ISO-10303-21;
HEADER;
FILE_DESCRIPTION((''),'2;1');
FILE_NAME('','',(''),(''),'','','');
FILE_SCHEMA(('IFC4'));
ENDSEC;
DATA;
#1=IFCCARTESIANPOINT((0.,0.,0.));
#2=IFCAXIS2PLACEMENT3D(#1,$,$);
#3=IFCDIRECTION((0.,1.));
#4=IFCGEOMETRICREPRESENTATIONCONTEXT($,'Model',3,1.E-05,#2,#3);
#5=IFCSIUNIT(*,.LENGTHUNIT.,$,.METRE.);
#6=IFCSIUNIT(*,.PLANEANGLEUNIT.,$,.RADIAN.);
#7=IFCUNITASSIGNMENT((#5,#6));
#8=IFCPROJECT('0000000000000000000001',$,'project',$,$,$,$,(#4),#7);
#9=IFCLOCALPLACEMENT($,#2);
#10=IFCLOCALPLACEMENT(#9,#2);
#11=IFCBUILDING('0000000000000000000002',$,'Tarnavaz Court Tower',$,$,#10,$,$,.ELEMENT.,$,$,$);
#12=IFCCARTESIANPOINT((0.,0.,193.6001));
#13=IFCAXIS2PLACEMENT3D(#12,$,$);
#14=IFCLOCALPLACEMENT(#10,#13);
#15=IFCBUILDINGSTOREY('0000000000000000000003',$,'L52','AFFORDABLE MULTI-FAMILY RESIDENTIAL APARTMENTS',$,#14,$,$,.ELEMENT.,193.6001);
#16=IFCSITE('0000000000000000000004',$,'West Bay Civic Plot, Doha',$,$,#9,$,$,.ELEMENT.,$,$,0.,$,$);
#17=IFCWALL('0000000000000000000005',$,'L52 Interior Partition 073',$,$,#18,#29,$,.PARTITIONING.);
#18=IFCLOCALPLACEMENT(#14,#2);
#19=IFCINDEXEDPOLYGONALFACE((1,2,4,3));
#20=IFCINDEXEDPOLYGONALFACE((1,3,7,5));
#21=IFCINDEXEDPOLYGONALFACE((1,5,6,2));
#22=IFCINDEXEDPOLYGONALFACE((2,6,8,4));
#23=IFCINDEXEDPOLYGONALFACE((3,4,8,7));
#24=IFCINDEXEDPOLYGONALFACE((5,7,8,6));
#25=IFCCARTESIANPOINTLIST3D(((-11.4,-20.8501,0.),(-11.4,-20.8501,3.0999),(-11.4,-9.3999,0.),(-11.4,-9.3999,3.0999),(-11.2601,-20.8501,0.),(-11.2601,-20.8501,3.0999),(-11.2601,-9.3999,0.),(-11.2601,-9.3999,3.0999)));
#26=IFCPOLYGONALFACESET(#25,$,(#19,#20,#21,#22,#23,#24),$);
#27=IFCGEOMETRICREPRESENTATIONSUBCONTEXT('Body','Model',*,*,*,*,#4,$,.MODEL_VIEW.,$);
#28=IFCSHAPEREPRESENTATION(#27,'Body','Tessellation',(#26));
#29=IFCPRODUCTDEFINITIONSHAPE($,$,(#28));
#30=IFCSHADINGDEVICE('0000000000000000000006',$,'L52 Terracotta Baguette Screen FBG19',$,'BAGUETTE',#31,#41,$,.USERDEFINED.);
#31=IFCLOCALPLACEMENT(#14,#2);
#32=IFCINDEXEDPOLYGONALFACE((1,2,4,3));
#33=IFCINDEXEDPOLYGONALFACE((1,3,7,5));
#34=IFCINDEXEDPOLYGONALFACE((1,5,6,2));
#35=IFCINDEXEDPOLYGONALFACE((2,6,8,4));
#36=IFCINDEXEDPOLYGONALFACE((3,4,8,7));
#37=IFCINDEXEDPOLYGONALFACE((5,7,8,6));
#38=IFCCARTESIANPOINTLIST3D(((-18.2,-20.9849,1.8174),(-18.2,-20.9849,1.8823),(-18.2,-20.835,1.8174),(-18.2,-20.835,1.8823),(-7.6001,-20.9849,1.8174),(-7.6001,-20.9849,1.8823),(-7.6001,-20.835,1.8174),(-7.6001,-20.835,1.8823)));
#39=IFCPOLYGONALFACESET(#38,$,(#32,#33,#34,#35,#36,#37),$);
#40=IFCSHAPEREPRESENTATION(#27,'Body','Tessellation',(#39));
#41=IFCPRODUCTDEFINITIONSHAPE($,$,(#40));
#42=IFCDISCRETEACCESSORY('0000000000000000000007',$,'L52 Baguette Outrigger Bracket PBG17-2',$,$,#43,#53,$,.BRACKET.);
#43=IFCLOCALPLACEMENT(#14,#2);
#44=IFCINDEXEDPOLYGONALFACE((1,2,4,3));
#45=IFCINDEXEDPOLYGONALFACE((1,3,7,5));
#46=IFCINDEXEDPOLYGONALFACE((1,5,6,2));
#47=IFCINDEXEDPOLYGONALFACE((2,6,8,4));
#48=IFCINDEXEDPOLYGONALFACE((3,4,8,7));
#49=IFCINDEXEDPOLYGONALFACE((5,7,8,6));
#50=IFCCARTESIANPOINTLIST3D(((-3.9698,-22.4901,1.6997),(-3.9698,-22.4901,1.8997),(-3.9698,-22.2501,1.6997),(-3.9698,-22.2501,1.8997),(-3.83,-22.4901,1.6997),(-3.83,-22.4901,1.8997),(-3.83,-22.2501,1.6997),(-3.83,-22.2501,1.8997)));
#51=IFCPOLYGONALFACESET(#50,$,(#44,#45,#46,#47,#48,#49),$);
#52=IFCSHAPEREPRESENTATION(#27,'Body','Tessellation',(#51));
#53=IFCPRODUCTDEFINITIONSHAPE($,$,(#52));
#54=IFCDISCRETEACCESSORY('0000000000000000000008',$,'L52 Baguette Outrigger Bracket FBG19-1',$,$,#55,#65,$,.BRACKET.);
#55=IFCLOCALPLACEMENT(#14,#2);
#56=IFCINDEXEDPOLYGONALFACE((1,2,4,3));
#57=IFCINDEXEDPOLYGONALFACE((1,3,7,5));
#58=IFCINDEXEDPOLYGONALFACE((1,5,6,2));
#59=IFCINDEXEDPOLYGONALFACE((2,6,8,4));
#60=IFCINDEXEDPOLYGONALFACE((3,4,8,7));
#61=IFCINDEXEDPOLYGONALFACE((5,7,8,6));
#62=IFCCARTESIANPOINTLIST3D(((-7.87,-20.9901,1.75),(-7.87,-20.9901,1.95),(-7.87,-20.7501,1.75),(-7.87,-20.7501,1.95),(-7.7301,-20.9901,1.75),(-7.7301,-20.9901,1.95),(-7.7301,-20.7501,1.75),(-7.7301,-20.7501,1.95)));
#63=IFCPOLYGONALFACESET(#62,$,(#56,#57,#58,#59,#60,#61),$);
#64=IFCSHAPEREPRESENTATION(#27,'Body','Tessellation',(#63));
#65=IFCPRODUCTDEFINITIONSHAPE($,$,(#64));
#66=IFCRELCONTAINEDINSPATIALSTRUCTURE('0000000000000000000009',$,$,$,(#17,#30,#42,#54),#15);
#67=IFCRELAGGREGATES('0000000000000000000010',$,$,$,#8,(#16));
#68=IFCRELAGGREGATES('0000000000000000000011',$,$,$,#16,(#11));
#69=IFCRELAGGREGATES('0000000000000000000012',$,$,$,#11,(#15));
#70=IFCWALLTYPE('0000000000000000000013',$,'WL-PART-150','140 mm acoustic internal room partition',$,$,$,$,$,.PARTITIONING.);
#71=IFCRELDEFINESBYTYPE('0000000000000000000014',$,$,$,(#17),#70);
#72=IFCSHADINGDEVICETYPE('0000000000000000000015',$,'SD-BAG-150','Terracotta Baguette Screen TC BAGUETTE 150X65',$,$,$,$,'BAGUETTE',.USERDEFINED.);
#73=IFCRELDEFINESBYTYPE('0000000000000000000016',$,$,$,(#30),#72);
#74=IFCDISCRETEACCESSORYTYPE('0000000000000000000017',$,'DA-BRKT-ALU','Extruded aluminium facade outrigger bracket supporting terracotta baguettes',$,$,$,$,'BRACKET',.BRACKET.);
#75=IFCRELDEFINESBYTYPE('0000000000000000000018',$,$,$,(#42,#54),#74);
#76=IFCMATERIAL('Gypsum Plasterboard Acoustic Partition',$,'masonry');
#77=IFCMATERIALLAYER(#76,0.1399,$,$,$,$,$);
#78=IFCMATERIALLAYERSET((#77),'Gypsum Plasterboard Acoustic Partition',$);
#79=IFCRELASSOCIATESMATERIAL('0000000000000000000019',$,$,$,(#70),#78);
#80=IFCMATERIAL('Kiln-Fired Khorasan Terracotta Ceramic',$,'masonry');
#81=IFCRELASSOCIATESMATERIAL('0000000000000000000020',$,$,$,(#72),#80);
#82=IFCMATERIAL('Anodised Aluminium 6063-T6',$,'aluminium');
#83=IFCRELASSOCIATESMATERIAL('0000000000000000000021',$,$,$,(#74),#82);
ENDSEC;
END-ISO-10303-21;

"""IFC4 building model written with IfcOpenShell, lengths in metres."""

from ifc_helpers import new_model, si_unit, direction, frame, frame_2d, origin, origin_2d, place, context, subcontext, project, spatial, rectangle, extrude, material, layer, layer_set, material_profile, profile_set, type_object, element, save


model = new_model("IFC4")

# Units and contexts
model_context = context("Model", 3, precision=1e-05, world=origin(), true_north=direction((0.0, 1.0)))
body_context = subcontext(model_context, "Body", "Model", "MODEL_VIEW")
ifc_project = project(units=[si_unit("LENGTHUNIT", "METRE"), si_unit("PLANEANGLEUNIT", "RADIAN")], contexts=[model_context])

# Site, building, storey
site_placement = place(None, origin())
site = spatial("IfcSite", under=ifc_project, at=site_placement, Name="West Bay Civic Plot, Doha", CompositionType="ELEMENT", RefElevation=0.0)
building_placement = place(site_placement, origin())
building = spatial("IfcBuilding", under=site, at=building_placement, Name="Tarnavaz Court Tower", CompositionType="ELEMENT")
storey_placement = place(building_placement, frame((0.0, 0.0, 193.6001)))
storey = spatial("IfcBuildingStorey", under=building, at=storey_placement, Name="L52", Description="AFFORDABLE MULTI-FAMILY RESIDENTIAL APARTMENTS", CompositionType="ELEMENT", Elevation=193.6001)

# Shared definitions
ifc_material_1 = material(Name="Anodised Aluminium 6063-T6", Category="aluminium")

# Wall
ifc_material_2 = material(Name="Gypsum Plasterboard Acoustic Partition", Category="masonry")
ifc_layer_1 = layer(ifc_material_2, 0.1399)
ifc_layer_set_1 = layer_set([ifc_layer_1], Name="Gypsum Plasterboard Acoustic Partition")
wall_type_1 = type_object("IfcWallType", Name="WL-PART-150", Description="140 mm acoustic internal room partition", PredefinedType="PARTITIONING", material=ifc_layer_set_1)
wall_1_placement = place(storey_placement, frame((-11.3301, -20.8501, 0.0), z_axis=(0.0, 0.0, 1.0), x_axis=(0.0, 1.0, 0.0)))
element("IfcWall", 1, at=wall_1_placement, inside=storey, type_object=wall_type_1, Name="L52 Interior Partition 073", PredefinedType="PARTITIONING", context=body_context, shape_type="SweptSolid", body=[
    extrude(rectangle(XDim=11.4502, YDim=0.1399, at=frame_2d((5.7251, 0.0))), origin(), (0.0, 0.0, 1.0), 3.0999),
])

# Shading device
ifc_material_3 = material(Name="Kiln-Fired Khorasan Terracotta Ceramic", Category="masonry")
ifc_material_profile_1 = material_profile(ifc_material_3, rectangle(XDim=0.1499, YDim=0.0649, at=origin_2d()), Name="TC BAGUETTE 150X65")
ifc_profile_set_1 = profile_set([ifc_material_profile_1], Name="Kiln-Fired Khorasan Terracotta Ceramic")
shading_device_type = type_object("IfcShadingDeviceType", Name="SD-BAG-150", Description="Terracotta Baguette Screen TC BAGUETTE 150X65", ElementType="BAGUETTE", PredefinedType="USERDEFINED", material=ifc_profile_set_1)
shading_device_placement = place(storey_placement, frame((-7.6001, -20.9099, 1.8499), z_axis=(-1.0, 0.0, 0.0), x_axis=(0.0, -1.0, 0.0)))
element("IfcShadingDevice", 2, at=shading_device_placement, inside=storey, type_object=shading_device_type, Name="L52 Terracotta Baguette Screen FBG19", ObjectType="BAGUETTE", PredefinedType="USERDEFINED", context=body_context, shape_type="SweptSolid", body=[
    extrude(rectangle(XDim=0.1499, YDim=0.0649, at=origin_2d()), origin(), (0.0, 0.0, 1.0), 10.5999),
])

# Discrete accessories
discrete_accessory_type = type_object("IfcDiscreteAccessoryType", Name="DA-BRKT-ALU", Description="Extruded aluminium facade outrigger bracket supporting terracotta baguettes", ElementType="BRACKET", PredefinedType="BRACKET", material=ifc_material_1)
for number, where, z_axis, x_axis, name in (
    (3, (-3.8999, -22.3701, 1.6997), (0.0, 0.0, 1.0), (-1.0, 0.0, 0.0), "L52 Baguette Outrigger Bracket PBG17-2"),
    (4, (-7.8, -20.8701, 1.75), (0.0, 0.0, 1.0), (-1.0, 0.0, 0.0), "L52 Baguette Outrigger Bracket FBG19-1"),
):
    element("IfcDiscreteAccessory", number, at=place(storey_placement, frame(where, z_axis=z_axis, x_axis=x_axis)), inside=storey, type_object=discrete_accessory_type, Name=name, PredefinedType="BRACKET", context=body_context, shape_type="SweptSolid", body=[
        extrude(rectangle(XDim=0.1399, YDim=0.24, at=origin_2d()), origin(), (0.0, 0.0, 1.0), 0.2),
    ])

save(model, "model.ifc")
